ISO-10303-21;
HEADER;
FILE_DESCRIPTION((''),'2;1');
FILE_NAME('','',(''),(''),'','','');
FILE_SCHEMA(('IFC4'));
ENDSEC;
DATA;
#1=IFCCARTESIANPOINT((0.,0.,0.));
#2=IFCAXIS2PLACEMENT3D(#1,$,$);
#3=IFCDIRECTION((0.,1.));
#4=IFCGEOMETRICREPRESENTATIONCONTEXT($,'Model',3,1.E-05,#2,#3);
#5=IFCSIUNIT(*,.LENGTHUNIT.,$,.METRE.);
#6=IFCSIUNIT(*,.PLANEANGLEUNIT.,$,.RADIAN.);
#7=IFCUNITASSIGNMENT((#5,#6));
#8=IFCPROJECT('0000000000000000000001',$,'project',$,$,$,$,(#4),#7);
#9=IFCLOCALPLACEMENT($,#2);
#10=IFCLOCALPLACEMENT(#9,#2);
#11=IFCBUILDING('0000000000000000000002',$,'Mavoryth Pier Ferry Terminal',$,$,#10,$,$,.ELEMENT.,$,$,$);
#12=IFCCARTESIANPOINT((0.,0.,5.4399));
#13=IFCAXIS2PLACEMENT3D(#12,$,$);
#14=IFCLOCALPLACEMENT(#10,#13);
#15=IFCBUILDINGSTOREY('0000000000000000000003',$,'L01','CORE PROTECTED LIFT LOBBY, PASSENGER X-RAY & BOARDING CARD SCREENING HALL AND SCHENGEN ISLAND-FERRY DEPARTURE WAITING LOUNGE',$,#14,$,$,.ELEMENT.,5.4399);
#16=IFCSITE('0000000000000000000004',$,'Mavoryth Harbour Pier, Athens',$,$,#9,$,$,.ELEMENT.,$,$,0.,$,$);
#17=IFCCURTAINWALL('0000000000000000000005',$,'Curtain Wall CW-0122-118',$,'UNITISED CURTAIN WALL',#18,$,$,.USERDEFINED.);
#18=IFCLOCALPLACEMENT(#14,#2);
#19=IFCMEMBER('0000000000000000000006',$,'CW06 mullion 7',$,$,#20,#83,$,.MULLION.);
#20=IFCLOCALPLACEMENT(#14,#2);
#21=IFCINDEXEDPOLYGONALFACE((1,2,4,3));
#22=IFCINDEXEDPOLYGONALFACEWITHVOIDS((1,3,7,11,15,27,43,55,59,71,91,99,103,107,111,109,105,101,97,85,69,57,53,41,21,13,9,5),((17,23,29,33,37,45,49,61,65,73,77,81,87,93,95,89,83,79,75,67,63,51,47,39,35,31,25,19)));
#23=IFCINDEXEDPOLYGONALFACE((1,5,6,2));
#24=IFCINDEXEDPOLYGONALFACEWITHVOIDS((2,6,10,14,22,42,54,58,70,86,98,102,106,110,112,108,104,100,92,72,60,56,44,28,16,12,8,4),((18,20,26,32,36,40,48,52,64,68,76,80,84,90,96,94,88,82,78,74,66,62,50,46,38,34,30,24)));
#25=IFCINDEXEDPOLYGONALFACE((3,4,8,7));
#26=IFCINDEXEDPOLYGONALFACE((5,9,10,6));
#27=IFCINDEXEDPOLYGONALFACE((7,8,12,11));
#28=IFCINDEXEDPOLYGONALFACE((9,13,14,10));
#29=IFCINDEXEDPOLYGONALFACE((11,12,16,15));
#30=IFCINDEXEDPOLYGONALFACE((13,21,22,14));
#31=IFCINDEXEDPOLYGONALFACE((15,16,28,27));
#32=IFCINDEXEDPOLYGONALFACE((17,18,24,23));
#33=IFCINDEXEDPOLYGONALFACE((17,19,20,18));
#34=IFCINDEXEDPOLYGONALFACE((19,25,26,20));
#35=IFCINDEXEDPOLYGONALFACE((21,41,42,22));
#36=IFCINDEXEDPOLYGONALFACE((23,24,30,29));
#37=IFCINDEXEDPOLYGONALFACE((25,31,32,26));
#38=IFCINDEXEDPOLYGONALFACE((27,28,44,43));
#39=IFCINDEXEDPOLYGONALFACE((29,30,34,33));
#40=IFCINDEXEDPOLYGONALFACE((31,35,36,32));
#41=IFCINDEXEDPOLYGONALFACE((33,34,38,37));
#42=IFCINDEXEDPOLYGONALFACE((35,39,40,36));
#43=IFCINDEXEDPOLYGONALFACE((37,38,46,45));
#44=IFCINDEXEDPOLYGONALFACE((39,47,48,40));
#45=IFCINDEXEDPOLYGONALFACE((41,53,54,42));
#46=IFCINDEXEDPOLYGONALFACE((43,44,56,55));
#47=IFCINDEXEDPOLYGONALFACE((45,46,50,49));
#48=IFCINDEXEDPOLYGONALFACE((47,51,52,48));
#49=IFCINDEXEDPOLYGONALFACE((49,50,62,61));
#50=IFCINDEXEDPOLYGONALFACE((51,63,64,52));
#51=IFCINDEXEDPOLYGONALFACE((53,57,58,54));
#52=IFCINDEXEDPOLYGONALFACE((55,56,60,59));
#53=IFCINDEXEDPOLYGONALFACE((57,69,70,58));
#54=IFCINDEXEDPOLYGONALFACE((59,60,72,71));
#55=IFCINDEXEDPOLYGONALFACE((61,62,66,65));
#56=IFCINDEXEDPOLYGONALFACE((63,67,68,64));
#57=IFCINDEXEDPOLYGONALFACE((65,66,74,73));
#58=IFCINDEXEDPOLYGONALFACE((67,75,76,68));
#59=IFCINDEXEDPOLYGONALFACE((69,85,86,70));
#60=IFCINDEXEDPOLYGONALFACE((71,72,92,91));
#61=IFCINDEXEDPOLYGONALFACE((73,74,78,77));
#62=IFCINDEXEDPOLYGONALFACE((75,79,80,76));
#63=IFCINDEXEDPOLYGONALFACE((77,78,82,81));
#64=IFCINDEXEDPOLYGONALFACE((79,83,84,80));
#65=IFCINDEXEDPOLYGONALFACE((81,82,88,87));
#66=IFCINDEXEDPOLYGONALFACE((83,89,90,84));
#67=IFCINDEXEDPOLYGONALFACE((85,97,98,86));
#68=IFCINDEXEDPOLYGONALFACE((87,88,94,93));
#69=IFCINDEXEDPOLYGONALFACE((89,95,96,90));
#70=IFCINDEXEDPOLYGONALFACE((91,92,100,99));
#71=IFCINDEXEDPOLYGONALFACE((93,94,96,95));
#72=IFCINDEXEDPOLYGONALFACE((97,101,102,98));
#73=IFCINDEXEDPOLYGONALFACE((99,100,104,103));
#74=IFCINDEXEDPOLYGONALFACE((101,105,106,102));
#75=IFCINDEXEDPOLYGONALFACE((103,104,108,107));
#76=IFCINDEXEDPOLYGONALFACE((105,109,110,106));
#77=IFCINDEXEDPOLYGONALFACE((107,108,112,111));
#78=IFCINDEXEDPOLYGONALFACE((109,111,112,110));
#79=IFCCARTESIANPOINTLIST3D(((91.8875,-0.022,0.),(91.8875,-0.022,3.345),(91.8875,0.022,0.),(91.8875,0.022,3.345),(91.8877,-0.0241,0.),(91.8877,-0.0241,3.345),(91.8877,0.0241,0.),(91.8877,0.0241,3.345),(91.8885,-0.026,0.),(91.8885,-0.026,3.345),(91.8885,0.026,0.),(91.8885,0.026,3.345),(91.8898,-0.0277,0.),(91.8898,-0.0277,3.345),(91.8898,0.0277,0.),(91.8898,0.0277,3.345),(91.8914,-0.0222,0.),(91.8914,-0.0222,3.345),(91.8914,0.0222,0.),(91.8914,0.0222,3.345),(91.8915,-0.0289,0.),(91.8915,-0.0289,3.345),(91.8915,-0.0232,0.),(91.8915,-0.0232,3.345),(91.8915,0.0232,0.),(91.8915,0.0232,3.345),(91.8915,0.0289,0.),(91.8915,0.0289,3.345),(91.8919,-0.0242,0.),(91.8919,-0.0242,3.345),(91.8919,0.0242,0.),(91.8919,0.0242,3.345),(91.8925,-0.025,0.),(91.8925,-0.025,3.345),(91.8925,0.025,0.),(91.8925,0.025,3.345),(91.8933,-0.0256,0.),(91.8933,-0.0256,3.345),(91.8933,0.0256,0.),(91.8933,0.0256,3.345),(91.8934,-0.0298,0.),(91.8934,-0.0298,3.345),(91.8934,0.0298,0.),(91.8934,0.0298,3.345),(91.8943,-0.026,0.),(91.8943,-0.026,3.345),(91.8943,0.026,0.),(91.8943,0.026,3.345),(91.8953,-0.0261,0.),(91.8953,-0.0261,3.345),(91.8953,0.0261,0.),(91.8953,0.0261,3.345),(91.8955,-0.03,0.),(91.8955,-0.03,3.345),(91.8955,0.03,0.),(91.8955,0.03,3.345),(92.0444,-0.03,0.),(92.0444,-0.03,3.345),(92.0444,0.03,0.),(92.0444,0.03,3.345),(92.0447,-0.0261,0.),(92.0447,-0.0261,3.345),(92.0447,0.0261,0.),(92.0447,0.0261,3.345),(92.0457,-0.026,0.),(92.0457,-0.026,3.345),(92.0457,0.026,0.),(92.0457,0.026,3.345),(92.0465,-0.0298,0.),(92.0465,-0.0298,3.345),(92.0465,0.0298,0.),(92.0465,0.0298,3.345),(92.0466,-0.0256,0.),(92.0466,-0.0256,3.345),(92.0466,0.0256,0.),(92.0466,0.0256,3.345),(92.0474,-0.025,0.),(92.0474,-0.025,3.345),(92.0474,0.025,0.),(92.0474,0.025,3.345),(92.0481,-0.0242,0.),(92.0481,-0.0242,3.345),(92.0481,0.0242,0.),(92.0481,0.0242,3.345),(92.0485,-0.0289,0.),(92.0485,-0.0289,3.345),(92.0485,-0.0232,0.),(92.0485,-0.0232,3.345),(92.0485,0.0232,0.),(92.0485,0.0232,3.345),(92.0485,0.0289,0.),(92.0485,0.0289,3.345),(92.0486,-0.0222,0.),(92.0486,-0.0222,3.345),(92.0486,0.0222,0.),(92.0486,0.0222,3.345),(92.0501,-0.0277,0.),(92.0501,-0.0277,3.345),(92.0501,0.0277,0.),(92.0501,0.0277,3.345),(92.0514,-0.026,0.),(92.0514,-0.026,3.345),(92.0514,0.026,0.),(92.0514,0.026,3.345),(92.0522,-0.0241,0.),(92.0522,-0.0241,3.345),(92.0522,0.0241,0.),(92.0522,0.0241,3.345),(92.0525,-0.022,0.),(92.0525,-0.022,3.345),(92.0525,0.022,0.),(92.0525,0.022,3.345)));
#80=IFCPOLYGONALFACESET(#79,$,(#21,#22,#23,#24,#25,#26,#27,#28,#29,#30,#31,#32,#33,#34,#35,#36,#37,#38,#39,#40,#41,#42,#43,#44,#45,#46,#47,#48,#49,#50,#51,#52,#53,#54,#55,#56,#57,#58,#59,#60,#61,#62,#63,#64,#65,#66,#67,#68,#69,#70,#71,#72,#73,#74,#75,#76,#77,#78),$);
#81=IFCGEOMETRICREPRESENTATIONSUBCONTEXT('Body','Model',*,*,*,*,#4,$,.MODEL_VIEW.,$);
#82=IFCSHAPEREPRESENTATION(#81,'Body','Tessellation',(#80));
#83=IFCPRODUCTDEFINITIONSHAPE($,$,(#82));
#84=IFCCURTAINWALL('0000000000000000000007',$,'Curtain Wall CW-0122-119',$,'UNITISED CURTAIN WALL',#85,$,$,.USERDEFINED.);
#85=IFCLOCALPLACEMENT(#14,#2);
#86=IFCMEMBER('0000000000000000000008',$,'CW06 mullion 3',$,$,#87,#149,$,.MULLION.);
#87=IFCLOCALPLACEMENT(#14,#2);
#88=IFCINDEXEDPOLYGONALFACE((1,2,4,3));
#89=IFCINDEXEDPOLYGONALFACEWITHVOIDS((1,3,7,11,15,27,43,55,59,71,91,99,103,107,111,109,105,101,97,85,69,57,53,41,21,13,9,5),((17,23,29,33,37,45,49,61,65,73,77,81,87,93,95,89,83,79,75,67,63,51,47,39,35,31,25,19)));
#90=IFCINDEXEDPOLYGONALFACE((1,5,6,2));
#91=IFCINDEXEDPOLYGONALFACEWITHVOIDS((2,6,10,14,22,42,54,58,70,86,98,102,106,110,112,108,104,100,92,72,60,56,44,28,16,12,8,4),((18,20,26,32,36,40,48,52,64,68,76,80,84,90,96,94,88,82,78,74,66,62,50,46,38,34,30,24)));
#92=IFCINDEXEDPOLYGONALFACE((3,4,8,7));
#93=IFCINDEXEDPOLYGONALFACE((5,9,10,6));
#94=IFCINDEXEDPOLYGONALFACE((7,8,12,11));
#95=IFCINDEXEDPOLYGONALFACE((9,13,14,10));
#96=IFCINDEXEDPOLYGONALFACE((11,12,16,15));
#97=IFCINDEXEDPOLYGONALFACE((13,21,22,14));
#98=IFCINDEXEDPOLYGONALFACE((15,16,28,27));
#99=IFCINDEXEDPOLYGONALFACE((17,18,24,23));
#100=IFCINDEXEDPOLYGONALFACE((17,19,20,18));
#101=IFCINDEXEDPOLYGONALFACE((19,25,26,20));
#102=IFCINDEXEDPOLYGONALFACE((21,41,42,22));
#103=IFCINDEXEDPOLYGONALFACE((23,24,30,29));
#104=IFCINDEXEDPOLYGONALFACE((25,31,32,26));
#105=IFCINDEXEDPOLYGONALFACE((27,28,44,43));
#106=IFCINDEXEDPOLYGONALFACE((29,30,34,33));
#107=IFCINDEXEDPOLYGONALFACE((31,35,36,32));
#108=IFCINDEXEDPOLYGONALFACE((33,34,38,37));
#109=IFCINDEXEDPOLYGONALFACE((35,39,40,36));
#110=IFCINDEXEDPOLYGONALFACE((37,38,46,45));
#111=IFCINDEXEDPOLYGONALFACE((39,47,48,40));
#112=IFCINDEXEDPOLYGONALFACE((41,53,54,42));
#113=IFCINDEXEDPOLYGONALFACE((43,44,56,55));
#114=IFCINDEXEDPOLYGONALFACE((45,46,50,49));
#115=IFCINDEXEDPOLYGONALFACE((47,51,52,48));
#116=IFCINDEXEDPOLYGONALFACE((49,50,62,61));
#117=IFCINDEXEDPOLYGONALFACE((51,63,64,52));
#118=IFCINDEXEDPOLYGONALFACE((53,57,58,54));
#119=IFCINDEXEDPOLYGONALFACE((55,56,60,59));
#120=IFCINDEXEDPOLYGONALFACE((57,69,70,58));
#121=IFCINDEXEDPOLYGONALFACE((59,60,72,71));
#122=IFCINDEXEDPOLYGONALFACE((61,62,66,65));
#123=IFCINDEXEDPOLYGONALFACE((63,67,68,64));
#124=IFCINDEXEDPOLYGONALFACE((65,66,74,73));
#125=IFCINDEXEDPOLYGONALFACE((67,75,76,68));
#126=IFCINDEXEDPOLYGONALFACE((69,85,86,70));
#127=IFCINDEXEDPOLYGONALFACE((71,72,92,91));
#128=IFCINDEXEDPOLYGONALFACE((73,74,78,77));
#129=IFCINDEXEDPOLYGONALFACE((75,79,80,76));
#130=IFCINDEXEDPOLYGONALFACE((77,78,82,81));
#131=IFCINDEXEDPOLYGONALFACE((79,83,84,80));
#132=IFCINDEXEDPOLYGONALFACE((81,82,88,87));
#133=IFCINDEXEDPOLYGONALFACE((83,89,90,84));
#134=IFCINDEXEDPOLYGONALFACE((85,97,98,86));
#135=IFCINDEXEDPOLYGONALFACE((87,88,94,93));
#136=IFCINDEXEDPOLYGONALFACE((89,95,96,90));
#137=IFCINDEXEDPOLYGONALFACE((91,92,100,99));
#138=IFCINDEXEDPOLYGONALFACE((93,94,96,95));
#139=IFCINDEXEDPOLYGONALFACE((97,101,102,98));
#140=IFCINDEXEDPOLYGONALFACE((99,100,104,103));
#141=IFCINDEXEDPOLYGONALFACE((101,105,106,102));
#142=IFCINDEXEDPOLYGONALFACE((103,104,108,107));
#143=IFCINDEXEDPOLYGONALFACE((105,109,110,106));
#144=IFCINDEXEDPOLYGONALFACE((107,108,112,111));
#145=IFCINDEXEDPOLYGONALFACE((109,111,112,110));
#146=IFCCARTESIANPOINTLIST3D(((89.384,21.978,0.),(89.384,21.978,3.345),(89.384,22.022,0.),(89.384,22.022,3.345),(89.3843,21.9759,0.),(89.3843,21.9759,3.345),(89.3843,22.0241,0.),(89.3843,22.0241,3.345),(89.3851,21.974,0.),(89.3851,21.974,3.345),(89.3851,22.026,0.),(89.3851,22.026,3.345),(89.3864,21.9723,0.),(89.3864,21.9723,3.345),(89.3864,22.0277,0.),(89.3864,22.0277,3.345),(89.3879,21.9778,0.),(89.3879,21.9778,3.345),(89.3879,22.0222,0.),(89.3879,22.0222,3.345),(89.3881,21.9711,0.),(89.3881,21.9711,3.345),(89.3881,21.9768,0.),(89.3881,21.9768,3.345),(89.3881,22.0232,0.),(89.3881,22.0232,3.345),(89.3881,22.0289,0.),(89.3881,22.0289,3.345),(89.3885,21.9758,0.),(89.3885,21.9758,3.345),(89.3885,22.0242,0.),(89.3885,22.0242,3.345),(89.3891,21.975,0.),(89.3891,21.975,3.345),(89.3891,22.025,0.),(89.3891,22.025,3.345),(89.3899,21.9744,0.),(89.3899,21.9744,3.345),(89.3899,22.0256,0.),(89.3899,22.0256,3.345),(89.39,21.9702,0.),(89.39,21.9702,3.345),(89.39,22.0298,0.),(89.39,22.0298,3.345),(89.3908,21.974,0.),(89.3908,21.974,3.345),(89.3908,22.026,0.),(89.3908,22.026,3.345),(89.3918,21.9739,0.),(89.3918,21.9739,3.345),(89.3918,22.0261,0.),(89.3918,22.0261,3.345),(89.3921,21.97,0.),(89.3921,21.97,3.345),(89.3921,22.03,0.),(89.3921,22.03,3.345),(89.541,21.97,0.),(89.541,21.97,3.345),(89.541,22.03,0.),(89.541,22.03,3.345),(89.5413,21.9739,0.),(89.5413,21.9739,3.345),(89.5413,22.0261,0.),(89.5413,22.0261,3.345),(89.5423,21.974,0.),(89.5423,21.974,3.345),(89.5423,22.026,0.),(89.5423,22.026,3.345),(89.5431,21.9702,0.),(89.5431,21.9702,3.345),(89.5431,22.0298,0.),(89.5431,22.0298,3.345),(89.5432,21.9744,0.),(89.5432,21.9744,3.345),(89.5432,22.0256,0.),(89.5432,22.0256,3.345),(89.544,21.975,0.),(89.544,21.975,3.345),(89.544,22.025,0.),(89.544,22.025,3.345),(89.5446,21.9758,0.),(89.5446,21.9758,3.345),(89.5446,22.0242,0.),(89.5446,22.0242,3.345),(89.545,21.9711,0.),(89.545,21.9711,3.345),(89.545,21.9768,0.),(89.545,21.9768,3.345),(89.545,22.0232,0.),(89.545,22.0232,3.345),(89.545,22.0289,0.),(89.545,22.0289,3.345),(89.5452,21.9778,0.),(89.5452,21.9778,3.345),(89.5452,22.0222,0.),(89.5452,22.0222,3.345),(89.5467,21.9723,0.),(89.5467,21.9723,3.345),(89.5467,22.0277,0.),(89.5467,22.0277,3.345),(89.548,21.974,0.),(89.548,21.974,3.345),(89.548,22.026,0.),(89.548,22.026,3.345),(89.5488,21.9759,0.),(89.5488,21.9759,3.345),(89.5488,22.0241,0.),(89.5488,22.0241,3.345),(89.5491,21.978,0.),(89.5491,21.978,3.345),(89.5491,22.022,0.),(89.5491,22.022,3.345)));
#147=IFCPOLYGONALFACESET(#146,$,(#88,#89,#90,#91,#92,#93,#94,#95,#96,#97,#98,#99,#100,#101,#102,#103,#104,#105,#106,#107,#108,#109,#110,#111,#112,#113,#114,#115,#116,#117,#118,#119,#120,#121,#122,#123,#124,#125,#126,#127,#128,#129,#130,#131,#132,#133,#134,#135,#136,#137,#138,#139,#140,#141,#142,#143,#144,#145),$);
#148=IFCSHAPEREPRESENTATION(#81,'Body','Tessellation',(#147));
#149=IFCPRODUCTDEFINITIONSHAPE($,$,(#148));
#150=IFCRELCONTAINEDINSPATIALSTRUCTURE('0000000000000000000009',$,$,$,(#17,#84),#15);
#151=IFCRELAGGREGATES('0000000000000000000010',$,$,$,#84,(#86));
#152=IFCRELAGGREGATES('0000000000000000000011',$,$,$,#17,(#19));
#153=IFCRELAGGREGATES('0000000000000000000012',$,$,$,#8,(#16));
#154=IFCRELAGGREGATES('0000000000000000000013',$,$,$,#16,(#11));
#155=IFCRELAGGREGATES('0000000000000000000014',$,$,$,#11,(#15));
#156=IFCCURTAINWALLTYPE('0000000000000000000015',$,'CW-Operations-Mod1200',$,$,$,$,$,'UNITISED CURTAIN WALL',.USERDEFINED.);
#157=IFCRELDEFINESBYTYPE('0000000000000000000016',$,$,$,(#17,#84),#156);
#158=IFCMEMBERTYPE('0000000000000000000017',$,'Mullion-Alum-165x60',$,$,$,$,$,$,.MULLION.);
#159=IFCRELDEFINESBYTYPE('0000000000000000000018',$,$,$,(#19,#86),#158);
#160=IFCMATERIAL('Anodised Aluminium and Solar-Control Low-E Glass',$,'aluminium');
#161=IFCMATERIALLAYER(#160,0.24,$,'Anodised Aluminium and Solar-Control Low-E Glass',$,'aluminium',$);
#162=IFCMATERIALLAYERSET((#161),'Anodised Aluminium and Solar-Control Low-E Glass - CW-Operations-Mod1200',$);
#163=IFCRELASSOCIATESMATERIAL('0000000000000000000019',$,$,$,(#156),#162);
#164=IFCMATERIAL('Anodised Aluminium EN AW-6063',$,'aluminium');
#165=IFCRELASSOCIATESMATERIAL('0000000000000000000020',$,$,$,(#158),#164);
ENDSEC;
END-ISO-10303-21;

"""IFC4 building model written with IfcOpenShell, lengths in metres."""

from ifc_helpers import new_model, si_unit, direction, frame, origin, origin_2d, place, context, subcontext, project, spatial, hollow_rectangle, extrude, material, layer, layer_set, material_profile, profile_set, type_object, element, aggregate, save


model = new_model("IFC4")

# Units and contexts
model_context = context("Model", 3, precision=1e-05, world=origin(), true_north=direction((0.0, 1.0)))
body_context = subcontext(model_context, "Body", "Model", "MODEL_VIEW")
ifc_project = project(units=[si_unit("LENGTHUNIT", "METRE"), si_unit("PLANEANGLEUNIT", "RADIAN")], contexts=[model_context])

# Site, building, storey
site_placement = place(None, origin())
site = spatial("IfcSite", under=ifc_project, at=site_placement, Name="Mavoryth Harbour Pier, Athens", CompositionType="ELEMENT", RefElevation=0.0)
building_placement = place(site_placement, origin())
building = spatial("IfcBuilding", under=site, at=building_placement, Name="Mavoryth Pier Ferry Terminal", CompositionType="ELEMENT")
storey_placement = place(building_placement, frame((0.0, 0.0, 5.4399)))
storey = spatial("IfcBuildingStorey", under=building, at=storey_placement, Name="L01", Description="CORE PROTECTED LIFT LOBBY, PASSENGER X-RAY & BOARDING CARD SCREENING HALL AND SCHENGEN ISLAND-FERRY DEPARTURE WAITING LOUNGE", CompositionType="ELEMENT", Elevation=5.4399)

# Curtain wall, member
ifc_material_1 = material(Name="Anodised Aluminium and Solar-Control Low-E Glass", Category="aluminium")
ifc_layer_1 = layer(ifc_material_1, 0.24, Name="Anodised Aluminium and Solar-Control Low-E Glass", Category="aluminium")
ifc_layer_set_1 = layer_set([ifc_layer_1], Name="Anodised Aluminium and Solar-Control Low-E Glass - CW-Operations-Mod1200")
curtain_wall_type = type_object("IfcCurtainWallType", Name="CW-Operations-Mod1200", ElementType="UNITISED CURTAIN WALL", PredefinedType="USERDEFINED", material=ifc_layer_set_1)
curtain_wall_1_placement = place(storey_placement, origin())
curtain_wall_1 = element("IfcCurtainWall", 1, at=curtain_wall_1_placement, inside=storey, type_object=curtain_wall_type, Name="Curtain Wall CW-0122-118", ObjectType="UNITISED CURTAIN WALL", PredefinedType="USERDEFINED")
ifc_material_2 = material(Name="Anodised Aluminium EN AW-6063", Category="aluminium")
ifc_material_profile_1 = material_profile(ifc_material_2, hollow_rectangle(XDim=0.0601, YDim=0.165, WallThickness=0.0039, InnerFilletRadius=0.0039, OuterFilletRadius=0.0081, at=origin_2d()), Name="AL-MULL 165x60x4", Category="aluminium")
ifc_profile_set_1 = profile_set([ifc_material_profile_1], Name="Anodised Aluminium EN AW-6063 - AL-MULL 165x60x4")
member_type_1 = type_object("IfcMemberType", Name="Mullion-Alum-165x60", PredefinedType="MULLION", material=ifc_profile_set_1)
member_1_placement = place(storey_placement, frame((91.97, 0.0, 0.0), z_axis=(0.0, 0.0, 1.0), x_axis=(0.0, 1.0, 0.0)))
member_1 = element("IfcMember", 2, at=member_1_placement, type_object=member_type_1, Name="CW06 mullion 7", PredefinedType="MULLION", context=body_context, shape_type="SweptSolid", body=[
    extrude(hollow_rectangle(XDim=0.0601, YDim=0.165, WallThickness=0.0039, InnerFilletRadius=0.0039, OuterFilletRadius=0.0081, at=origin_2d()), origin(), (0.0, 0.0, 1.0), 3.345),
])

# Curtain wall, member
curtain_wall_2_placement = place(storey_placement, origin())
curtain_wall_2 = element("IfcCurtainWall", 3, at=curtain_wall_2_placement, inside=storey, type_object=curtain_wall_type, Name="Curtain Wall CW-0122-119", ObjectType="UNITISED CURTAIN WALL", PredefinedType="USERDEFINED")
member_2_placement = place(storey_placement, frame((89.4666, 22.0, 0.0), z_axis=(0.0, 0.0, 1.0), x_axis=(0.0, -1.0, 0.0)))
member_2 = element("IfcMember", 4, at=member_2_placement, type_object=member_type_1, Name="CW06 mullion 3", PredefinedType="MULLION", context=body_context, shape_type="SweptSolid", body=[
    extrude(hollow_rectangle(XDim=0.0601, YDim=0.165, WallThickness=0.0039, InnerFilletRadius=0.0039, OuterFilletRadius=0.0081, at=origin_2d()), origin(), (0.0, 0.0, 1.0), 3.345),
])

aggregate(curtain_wall_2, [member_2])
aggregate(curtain_wall_1, [member_1])

save(model, "model.ifc")
